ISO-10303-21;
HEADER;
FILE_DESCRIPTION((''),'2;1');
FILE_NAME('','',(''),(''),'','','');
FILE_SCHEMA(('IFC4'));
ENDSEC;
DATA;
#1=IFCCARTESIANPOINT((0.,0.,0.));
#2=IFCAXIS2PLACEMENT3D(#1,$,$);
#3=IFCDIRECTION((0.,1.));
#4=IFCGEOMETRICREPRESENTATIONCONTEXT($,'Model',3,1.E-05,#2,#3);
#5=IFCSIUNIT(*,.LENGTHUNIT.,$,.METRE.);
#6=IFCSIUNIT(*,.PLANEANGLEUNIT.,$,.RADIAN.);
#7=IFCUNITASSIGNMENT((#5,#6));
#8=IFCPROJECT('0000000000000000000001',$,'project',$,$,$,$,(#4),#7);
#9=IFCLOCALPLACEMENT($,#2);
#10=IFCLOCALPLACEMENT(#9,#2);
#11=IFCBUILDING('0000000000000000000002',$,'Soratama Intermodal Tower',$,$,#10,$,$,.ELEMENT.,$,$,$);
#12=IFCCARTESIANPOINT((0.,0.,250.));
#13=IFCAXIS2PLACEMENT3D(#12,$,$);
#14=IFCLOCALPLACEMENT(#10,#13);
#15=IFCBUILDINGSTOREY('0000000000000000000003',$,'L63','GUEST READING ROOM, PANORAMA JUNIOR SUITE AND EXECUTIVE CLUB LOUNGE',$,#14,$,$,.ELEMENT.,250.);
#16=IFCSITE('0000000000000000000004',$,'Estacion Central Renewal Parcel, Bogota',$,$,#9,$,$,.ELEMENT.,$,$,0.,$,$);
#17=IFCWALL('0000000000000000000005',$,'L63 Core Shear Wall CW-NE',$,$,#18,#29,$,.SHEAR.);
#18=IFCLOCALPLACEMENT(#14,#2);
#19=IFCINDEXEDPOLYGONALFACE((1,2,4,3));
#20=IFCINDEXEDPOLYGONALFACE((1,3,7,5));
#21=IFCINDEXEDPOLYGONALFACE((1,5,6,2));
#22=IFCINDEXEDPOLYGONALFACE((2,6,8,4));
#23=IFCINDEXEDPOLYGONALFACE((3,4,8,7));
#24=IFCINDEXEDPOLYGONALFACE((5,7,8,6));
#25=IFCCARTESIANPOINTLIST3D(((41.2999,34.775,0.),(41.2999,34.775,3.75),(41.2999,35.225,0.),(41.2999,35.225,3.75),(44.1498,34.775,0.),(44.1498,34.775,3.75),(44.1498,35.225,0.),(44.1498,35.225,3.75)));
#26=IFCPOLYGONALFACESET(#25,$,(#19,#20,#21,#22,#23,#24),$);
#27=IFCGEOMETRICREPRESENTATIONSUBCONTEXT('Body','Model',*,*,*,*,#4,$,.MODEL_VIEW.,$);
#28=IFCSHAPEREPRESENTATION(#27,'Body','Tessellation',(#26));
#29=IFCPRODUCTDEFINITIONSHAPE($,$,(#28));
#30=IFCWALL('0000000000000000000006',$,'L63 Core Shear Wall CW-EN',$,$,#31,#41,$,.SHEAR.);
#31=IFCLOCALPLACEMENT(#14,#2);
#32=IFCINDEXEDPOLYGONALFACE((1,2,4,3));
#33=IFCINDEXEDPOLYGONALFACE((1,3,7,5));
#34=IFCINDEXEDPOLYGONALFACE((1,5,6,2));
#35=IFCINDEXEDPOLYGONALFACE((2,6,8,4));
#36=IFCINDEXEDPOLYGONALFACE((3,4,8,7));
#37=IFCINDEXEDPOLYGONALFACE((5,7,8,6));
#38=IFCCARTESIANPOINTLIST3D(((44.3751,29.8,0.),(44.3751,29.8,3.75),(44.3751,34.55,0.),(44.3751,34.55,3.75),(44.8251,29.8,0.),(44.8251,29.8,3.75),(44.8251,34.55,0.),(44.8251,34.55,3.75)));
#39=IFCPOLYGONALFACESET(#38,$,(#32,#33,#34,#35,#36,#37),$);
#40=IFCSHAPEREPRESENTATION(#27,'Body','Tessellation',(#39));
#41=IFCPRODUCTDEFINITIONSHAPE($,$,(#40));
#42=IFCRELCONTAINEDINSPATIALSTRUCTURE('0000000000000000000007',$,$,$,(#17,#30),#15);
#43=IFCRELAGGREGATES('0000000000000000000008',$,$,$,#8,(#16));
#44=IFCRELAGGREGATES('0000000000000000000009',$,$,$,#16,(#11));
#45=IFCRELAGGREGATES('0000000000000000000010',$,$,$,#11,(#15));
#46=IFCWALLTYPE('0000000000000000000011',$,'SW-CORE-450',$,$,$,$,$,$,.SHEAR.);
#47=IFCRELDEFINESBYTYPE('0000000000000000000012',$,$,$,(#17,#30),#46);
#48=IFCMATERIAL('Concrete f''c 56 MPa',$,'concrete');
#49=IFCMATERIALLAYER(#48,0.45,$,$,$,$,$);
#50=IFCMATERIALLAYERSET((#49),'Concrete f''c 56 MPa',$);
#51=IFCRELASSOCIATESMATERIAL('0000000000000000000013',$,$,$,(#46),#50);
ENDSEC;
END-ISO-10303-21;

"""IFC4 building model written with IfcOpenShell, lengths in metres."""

from ifc_helpers import new_model, si_unit, direction, frame, frame_2d, origin, place, context, subcontext, project, spatial, rectangle, extrude, material, layer, layer_set, type_object, element, save


model = new_model("IFC4")

# Units and contexts
model_context = context("Model", 3, precision=1e-05, world=origin(), true_north=direction((0.0, 1.0)))
body_context = subcontext(model_context, "Body", "Model", "MODEL_VIEW")
ifc_project = project(units=[si_unit("LENGTHUNIT", "METRE"), si_unit("PLANEANGLEUNIT", "RADIAN")], contexts=[model_context])

# Site, building, storey
site_placement = place(None, origin())
site = spatial("IfcSite", under=ifc_project, at=site_placement, Name="Estacion Central Renewal Parcel, Bogota", CompositionType="ELEMENT", RefElevation=0.0)
building_placement = place(site_placement, origin())
building = spatial("IfcBuilding", under=site, at=building_placement, Name="Soratama Intermodal Tower", CompositionType="ELEMENT")
storey_placement = place(building_placement, frame((0.0, 0.0, 250.0)))
storey = spatial("IfcBuildingStorey", under=building, at=storey_placement, Name="L63", Description="GUEST READING ROOM, PANORAMA JUNIOR SUITE AND EXECUTIVE CLUB LOUNGE", CompositionType="ELEMENT", Elevation=250.0)

# Walls
ifc_material_1 = material(Name="Concrete f'c 56 MPa", Category="concrete")
ifc_layer_1 = layer(ifc_material_1, 0.45)
ifc_layer_set_1 = layer_set([ifc_layer_1], Name="Concrete f'c 56 MPa")
wall_type_1 = type_object("IfcWallType", Name="SW-CORE-450", PredefinedType="SHEAR", material=ifc_layer_set_1)
wall_1_placement = place(storey_placement, frame((41.3, 35.0, 0.0), z_axis=(0.0, 0.0, 1.0), x_axis=(1.0, 0.0, 0.0)))
element("IfcWall", 1, at=wall_1_placement, inside=storey, type_object=wall_type_1, Name="L63 Core Shear Wall CW-NE", PredefinedType="SHEAR", context=body_context, shape_type="SweptSolid", body=[
    extrude(rectangle(XDim=2.8499, YDim=0.45, at=frame_2d((1.4248, 0.0))), origin(), (0.0, 0.0, 1.0), 3.75),
])
wall_2_placement = place(storey_placement, frame((44.6001, 29.8, 0.0), z_axis=(0.0, 0.0, 1.0), x_axis=(0.0, 1.0, 0.0)))
element("IfcWall", 2, at=wall_2_placement, inside=storey, type_object=wall_type_1, Name="L63 Core Shear Wall CW-EN", PredefinedType="SHEAR", context=body_context, shape_type="SweptSolid", body=[
    extrude(rectangle(XDim=4.75, YDim=0.45, at=frame_2d((2.375, 0.0))), origin(), (0.0, 0.0, 1.0), 3.75),
])

save(model, "model.ifc")
